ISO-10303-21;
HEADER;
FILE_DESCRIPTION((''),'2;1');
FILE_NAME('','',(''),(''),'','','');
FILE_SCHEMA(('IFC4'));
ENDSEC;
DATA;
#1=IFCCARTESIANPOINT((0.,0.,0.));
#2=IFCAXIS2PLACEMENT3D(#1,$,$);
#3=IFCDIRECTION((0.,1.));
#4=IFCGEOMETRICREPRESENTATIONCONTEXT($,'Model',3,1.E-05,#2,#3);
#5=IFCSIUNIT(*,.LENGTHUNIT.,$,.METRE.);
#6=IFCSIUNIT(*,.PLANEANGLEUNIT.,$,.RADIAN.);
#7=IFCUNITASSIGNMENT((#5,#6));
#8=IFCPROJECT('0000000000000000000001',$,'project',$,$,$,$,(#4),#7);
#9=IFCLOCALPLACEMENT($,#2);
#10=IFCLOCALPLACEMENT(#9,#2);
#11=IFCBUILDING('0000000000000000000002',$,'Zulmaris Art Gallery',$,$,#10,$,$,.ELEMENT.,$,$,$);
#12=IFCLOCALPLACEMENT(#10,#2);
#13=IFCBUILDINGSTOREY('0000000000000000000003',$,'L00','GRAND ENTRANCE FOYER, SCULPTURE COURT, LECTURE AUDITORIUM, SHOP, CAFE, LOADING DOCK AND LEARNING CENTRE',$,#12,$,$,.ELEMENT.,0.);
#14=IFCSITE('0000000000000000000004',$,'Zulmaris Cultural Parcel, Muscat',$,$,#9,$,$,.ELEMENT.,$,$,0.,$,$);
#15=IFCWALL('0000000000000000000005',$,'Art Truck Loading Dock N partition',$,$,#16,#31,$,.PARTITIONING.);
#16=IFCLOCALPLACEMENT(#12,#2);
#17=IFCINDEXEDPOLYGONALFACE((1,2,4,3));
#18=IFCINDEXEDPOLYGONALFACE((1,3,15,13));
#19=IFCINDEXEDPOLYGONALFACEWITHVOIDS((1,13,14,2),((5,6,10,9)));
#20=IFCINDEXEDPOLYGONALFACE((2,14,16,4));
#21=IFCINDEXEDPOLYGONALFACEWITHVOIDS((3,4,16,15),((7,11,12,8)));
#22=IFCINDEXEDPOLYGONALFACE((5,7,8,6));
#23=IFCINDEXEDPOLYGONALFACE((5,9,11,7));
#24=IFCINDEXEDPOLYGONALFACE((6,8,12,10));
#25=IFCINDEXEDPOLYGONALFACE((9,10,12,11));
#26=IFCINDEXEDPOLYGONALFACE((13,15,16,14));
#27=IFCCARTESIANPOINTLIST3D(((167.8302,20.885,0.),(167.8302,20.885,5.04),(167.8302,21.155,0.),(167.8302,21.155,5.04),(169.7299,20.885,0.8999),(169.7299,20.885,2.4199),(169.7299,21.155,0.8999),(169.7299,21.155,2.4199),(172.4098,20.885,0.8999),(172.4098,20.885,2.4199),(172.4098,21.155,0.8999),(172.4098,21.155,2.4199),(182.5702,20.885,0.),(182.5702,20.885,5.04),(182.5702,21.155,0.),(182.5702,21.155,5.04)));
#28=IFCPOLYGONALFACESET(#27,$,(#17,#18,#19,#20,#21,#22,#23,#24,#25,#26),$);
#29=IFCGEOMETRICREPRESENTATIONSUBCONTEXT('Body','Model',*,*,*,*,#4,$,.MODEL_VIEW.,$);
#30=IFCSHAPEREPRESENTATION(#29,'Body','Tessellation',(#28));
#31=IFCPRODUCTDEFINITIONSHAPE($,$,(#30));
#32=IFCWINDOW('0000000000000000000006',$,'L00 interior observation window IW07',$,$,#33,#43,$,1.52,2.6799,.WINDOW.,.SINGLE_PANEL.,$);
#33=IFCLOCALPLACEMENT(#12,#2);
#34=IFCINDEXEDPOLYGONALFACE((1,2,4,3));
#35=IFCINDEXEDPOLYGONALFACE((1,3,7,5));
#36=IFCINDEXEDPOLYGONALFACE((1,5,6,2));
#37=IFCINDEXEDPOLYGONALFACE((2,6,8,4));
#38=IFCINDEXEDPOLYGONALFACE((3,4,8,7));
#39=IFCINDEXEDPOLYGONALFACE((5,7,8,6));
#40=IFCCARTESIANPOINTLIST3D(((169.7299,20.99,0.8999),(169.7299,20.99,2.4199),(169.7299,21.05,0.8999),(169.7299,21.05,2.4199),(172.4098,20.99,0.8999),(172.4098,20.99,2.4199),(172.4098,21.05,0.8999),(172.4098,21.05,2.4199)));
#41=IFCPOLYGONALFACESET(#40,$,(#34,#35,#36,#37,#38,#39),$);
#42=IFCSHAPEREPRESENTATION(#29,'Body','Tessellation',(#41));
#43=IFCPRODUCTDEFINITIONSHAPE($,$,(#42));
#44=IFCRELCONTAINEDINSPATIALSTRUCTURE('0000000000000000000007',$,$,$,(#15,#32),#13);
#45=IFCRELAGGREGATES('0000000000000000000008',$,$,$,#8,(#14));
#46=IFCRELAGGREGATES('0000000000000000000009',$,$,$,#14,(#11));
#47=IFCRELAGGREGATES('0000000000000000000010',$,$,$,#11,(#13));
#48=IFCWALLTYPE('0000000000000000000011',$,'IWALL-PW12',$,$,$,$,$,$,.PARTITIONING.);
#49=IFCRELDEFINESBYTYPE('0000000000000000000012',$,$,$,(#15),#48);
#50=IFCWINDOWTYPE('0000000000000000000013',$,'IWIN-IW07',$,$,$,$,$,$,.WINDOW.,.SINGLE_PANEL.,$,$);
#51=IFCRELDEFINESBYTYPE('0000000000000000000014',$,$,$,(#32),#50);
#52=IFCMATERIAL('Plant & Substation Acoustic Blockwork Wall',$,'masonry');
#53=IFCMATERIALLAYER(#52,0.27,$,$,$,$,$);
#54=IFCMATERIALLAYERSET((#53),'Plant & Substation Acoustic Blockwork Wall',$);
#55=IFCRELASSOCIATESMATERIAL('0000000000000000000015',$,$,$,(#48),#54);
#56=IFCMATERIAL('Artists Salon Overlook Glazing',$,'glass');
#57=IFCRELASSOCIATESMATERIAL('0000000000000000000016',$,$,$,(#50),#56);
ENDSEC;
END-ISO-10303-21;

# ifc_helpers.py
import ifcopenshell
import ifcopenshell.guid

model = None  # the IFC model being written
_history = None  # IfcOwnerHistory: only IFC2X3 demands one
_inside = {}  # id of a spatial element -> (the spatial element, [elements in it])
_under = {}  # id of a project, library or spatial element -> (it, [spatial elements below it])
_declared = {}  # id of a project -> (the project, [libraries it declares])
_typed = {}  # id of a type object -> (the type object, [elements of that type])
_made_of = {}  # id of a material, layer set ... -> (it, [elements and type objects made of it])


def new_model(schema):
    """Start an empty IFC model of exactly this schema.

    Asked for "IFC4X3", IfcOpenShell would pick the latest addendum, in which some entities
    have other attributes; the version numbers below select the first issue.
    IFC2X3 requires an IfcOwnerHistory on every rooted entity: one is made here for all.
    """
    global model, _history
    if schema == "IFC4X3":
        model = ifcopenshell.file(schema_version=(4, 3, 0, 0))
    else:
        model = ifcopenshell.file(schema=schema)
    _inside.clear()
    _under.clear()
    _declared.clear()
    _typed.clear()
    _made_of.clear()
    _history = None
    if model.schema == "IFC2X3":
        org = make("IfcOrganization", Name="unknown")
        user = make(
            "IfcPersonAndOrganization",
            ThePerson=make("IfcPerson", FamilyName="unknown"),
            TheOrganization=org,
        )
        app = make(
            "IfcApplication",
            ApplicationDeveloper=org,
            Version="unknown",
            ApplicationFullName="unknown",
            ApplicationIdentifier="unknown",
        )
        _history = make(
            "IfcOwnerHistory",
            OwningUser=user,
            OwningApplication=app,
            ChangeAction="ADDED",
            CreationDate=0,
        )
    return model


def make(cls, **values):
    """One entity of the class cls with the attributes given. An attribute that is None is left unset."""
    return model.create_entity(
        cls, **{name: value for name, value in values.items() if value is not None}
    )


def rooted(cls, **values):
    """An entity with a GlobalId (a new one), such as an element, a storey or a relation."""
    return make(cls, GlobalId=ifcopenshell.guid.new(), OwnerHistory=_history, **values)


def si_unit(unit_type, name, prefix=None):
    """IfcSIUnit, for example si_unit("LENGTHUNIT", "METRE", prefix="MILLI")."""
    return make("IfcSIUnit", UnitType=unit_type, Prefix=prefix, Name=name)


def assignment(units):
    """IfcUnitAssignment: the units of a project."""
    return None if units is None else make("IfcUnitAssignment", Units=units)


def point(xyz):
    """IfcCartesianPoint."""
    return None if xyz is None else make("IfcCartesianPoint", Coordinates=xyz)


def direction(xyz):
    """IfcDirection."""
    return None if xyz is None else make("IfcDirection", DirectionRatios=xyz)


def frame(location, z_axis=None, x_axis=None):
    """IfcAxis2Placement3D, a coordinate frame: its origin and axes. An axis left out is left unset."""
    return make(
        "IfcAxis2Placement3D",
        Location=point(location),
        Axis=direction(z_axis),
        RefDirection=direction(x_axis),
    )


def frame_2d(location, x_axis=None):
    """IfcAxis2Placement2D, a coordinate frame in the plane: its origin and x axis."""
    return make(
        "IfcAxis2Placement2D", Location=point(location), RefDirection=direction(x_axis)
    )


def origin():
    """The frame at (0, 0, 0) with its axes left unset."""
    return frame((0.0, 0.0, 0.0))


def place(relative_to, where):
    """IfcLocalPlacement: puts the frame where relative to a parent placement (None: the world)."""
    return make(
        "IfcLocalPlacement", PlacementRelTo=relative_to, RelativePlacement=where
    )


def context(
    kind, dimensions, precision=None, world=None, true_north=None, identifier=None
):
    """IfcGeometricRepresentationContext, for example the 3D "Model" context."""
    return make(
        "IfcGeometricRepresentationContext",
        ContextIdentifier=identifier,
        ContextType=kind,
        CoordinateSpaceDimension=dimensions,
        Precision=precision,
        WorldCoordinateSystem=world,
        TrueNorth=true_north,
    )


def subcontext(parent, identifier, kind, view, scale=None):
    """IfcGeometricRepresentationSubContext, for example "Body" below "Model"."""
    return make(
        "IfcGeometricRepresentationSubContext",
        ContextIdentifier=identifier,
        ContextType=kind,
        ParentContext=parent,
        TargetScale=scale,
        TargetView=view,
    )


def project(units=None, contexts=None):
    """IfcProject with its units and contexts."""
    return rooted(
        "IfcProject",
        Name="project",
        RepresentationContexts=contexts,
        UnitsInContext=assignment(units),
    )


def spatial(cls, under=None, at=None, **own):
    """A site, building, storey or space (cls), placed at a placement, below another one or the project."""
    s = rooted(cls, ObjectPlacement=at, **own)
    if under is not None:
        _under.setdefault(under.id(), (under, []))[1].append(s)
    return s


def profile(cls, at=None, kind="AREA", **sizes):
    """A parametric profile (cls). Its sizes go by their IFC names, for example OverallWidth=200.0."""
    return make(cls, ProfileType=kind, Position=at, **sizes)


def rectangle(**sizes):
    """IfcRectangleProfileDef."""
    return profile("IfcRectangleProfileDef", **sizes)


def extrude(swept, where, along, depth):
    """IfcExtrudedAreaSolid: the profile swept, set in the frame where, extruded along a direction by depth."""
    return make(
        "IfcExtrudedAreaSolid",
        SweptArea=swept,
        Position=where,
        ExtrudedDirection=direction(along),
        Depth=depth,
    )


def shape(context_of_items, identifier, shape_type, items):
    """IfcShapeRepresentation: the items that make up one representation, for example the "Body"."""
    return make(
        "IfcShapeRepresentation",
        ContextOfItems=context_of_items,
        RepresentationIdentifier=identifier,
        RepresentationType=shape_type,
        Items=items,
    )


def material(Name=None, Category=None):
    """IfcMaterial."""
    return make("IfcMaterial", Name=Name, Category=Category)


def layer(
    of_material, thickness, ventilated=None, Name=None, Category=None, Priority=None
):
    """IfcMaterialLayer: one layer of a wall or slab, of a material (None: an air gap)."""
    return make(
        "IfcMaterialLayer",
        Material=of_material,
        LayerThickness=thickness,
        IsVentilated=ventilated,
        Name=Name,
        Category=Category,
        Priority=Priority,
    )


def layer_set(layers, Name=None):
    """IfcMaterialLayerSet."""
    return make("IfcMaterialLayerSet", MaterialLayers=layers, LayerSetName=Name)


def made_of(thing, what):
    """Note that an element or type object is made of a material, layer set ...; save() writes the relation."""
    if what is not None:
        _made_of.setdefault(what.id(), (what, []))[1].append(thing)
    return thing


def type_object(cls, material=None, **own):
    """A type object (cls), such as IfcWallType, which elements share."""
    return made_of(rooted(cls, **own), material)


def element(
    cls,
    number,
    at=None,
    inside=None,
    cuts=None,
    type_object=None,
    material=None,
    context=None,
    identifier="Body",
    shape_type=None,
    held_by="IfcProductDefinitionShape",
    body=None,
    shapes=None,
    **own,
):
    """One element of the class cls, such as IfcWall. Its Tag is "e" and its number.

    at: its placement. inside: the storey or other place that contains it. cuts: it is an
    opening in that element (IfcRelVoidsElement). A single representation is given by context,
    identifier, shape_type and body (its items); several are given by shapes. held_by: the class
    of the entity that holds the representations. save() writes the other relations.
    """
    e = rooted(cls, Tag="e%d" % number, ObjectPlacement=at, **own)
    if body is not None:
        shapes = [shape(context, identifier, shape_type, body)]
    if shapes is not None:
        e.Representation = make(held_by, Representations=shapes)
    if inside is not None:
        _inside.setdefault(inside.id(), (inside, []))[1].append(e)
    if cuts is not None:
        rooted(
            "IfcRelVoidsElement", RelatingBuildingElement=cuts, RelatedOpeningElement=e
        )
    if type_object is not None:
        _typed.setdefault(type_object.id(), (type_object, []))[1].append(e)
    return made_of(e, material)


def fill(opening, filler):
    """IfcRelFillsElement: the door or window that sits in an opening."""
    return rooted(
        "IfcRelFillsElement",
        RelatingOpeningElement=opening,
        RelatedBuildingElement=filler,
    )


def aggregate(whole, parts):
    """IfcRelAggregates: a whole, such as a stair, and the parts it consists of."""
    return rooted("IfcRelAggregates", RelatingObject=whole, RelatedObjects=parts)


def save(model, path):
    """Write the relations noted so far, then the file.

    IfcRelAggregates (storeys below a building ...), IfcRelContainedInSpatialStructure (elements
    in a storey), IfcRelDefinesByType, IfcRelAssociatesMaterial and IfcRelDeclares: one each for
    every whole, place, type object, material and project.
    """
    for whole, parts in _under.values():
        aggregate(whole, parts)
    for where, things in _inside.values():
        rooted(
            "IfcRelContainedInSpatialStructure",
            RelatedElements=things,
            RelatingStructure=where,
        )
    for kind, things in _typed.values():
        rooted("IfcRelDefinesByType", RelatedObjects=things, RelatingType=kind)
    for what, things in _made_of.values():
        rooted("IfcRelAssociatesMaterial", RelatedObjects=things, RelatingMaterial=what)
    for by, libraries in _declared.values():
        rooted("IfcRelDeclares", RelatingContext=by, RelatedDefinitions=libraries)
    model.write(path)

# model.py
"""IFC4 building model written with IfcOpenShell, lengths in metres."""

from ifc_helpers import new_model, si_unit, direction, frame, frame_2d, origin, place, context, subcontext, project, spatial, rectangle, extrude, material, layer, layer_set, type_object, element, fill, save


model = new_model("IFC4")

# Units and contexts
model_context = context("Model", 3, precision=1e-05, world=origin(), true_north=direction((0.0, 1.0)))
body_context = subcontext(model_context, "Body", "Model", "MODEL_VIEW")
ifc_project = project(units=[si_unit("LENGTHUNIT", "METRE"), si_unit("PLANEANGLEUNIT", "RADIAN")], contexts=[model_context])

# Site, building, storey
site_placement = place(None, origin())
site = spatial("IfcSite", under=ifc_project, at=site_placement, Name="Zulmaris Cultural Parcel, Muscat", CompositionType="ELEMENT", RefElevation=0.0)
building_placement = place(site_placement, origin())
building = spatial("IfcBuilding", under=site, at=building_placement, Name="Zulmaris Art Gallery", CompositionType="ELEMENT")
storey_placement = place(building_placement, origin())
storey = spatial("IfcBuildingStorey", under=building, at=storey_placement, Name="L00", Description="GRAND ENTRANCE FOYER, SCULPTURE COURT, LECTURE AUDITORIUM, SHOP, CAFE, LOADING DOCK AND LEARNING CENTRE", CompositionType="ELEMENT", Elevation=0.0)

# Wall, opening, window
ifc_material_1 = material(Name="Plant & Substation Acoustic Blockwork Wall", Category="masonry")
ifc_layer_1 = layer(ifc_material_1, 0.27)
ifc_layer_set_1 = layer_set([ifc_layer_1], Name="Plant & Substation Acoustic Blockwork Wall")
wall_type_1 = type_object("IfcWallType", Name="IWALL-PW12", PredefinedType="PARTITIONING", material=ifc_layer_set_1)
wall_1_placement = place(storey_placement, frame((167.8301, 21.02, 0.0), z_axis=(0.0, 0.0, 1.0), x_axis=(1.0, 0.0, 0.0)))
wall_1 = element("IfcWall", 1, at=wall_1_placement, inside=storey, type_object=wall_type_1, Name="Art Truck Loading Dock N partition", PredefinedType="PARTITIONING", context=body_context, shape_type="SweptSolid", body=[
    extrude(rectangle(XDim=14.74, YDim=0.27, at=frame_2d((7.3701, 0.0))), origin(), (0.0, 0.0, 1.0), 5.04),
])
opening_1_placement = place(wall_1_placement, frame((1.8999, 0.0, 0.8999)))
opening_1 = element("IfcOpeningElement", 2, at=opening_1_placement, cuts=wall_1, PredefinedType="OPENING", context=body_context, shape_type="SweptSolid", body=[
    extrude(rectangle(XDim=2.6799, YDim=1.52, at=frame_2d((1.3398, 0.76))), frame((0.0, 0.145, 0.0), z_axis=(0.0, -1.0, 0.0), x_axis=(1.0, 0.0, 0.0)), (0.0, 0.0, 1.0), 0.29),
])
ifc_material_2 = material(Name="Artists Salon Overlook Glazing", Category="glass")
window_type_1 = type_object("IfcWindowType", Name="IWIN-IW07", PartitioningType="SINGLE_PANEL", PredefinedType="WINDOW", material=ifc_material_2)
window_1_placement = place(opening_1_placement, origin())
window_1 = element("IfcWindow", 3, at=window_1_placement, inside=storey, type_object=window_type_1, Name="L00 interior observation window IW07", OverallHeight=1.52, OverallWidth=2.6799, PartitioningType="SINGLE_PANEL", PredefinedType="WINDOW", context=body_context, shape_type="SweptSolid", body=[
    extrude(rectangle(XDim=2.6799, YDim=1.52, at=frame_2d((1.3398, 0.76))), frame((0.0, 0.03, 0.0), z_axis=(0.0, -1.0, 0.0), x_axis=(1.0, 0.0, 0.0)), (0.0, 0.0, 1.0), 0.0601),
])
fill(opening_1, window_1)

save(model, "model.ifc")
